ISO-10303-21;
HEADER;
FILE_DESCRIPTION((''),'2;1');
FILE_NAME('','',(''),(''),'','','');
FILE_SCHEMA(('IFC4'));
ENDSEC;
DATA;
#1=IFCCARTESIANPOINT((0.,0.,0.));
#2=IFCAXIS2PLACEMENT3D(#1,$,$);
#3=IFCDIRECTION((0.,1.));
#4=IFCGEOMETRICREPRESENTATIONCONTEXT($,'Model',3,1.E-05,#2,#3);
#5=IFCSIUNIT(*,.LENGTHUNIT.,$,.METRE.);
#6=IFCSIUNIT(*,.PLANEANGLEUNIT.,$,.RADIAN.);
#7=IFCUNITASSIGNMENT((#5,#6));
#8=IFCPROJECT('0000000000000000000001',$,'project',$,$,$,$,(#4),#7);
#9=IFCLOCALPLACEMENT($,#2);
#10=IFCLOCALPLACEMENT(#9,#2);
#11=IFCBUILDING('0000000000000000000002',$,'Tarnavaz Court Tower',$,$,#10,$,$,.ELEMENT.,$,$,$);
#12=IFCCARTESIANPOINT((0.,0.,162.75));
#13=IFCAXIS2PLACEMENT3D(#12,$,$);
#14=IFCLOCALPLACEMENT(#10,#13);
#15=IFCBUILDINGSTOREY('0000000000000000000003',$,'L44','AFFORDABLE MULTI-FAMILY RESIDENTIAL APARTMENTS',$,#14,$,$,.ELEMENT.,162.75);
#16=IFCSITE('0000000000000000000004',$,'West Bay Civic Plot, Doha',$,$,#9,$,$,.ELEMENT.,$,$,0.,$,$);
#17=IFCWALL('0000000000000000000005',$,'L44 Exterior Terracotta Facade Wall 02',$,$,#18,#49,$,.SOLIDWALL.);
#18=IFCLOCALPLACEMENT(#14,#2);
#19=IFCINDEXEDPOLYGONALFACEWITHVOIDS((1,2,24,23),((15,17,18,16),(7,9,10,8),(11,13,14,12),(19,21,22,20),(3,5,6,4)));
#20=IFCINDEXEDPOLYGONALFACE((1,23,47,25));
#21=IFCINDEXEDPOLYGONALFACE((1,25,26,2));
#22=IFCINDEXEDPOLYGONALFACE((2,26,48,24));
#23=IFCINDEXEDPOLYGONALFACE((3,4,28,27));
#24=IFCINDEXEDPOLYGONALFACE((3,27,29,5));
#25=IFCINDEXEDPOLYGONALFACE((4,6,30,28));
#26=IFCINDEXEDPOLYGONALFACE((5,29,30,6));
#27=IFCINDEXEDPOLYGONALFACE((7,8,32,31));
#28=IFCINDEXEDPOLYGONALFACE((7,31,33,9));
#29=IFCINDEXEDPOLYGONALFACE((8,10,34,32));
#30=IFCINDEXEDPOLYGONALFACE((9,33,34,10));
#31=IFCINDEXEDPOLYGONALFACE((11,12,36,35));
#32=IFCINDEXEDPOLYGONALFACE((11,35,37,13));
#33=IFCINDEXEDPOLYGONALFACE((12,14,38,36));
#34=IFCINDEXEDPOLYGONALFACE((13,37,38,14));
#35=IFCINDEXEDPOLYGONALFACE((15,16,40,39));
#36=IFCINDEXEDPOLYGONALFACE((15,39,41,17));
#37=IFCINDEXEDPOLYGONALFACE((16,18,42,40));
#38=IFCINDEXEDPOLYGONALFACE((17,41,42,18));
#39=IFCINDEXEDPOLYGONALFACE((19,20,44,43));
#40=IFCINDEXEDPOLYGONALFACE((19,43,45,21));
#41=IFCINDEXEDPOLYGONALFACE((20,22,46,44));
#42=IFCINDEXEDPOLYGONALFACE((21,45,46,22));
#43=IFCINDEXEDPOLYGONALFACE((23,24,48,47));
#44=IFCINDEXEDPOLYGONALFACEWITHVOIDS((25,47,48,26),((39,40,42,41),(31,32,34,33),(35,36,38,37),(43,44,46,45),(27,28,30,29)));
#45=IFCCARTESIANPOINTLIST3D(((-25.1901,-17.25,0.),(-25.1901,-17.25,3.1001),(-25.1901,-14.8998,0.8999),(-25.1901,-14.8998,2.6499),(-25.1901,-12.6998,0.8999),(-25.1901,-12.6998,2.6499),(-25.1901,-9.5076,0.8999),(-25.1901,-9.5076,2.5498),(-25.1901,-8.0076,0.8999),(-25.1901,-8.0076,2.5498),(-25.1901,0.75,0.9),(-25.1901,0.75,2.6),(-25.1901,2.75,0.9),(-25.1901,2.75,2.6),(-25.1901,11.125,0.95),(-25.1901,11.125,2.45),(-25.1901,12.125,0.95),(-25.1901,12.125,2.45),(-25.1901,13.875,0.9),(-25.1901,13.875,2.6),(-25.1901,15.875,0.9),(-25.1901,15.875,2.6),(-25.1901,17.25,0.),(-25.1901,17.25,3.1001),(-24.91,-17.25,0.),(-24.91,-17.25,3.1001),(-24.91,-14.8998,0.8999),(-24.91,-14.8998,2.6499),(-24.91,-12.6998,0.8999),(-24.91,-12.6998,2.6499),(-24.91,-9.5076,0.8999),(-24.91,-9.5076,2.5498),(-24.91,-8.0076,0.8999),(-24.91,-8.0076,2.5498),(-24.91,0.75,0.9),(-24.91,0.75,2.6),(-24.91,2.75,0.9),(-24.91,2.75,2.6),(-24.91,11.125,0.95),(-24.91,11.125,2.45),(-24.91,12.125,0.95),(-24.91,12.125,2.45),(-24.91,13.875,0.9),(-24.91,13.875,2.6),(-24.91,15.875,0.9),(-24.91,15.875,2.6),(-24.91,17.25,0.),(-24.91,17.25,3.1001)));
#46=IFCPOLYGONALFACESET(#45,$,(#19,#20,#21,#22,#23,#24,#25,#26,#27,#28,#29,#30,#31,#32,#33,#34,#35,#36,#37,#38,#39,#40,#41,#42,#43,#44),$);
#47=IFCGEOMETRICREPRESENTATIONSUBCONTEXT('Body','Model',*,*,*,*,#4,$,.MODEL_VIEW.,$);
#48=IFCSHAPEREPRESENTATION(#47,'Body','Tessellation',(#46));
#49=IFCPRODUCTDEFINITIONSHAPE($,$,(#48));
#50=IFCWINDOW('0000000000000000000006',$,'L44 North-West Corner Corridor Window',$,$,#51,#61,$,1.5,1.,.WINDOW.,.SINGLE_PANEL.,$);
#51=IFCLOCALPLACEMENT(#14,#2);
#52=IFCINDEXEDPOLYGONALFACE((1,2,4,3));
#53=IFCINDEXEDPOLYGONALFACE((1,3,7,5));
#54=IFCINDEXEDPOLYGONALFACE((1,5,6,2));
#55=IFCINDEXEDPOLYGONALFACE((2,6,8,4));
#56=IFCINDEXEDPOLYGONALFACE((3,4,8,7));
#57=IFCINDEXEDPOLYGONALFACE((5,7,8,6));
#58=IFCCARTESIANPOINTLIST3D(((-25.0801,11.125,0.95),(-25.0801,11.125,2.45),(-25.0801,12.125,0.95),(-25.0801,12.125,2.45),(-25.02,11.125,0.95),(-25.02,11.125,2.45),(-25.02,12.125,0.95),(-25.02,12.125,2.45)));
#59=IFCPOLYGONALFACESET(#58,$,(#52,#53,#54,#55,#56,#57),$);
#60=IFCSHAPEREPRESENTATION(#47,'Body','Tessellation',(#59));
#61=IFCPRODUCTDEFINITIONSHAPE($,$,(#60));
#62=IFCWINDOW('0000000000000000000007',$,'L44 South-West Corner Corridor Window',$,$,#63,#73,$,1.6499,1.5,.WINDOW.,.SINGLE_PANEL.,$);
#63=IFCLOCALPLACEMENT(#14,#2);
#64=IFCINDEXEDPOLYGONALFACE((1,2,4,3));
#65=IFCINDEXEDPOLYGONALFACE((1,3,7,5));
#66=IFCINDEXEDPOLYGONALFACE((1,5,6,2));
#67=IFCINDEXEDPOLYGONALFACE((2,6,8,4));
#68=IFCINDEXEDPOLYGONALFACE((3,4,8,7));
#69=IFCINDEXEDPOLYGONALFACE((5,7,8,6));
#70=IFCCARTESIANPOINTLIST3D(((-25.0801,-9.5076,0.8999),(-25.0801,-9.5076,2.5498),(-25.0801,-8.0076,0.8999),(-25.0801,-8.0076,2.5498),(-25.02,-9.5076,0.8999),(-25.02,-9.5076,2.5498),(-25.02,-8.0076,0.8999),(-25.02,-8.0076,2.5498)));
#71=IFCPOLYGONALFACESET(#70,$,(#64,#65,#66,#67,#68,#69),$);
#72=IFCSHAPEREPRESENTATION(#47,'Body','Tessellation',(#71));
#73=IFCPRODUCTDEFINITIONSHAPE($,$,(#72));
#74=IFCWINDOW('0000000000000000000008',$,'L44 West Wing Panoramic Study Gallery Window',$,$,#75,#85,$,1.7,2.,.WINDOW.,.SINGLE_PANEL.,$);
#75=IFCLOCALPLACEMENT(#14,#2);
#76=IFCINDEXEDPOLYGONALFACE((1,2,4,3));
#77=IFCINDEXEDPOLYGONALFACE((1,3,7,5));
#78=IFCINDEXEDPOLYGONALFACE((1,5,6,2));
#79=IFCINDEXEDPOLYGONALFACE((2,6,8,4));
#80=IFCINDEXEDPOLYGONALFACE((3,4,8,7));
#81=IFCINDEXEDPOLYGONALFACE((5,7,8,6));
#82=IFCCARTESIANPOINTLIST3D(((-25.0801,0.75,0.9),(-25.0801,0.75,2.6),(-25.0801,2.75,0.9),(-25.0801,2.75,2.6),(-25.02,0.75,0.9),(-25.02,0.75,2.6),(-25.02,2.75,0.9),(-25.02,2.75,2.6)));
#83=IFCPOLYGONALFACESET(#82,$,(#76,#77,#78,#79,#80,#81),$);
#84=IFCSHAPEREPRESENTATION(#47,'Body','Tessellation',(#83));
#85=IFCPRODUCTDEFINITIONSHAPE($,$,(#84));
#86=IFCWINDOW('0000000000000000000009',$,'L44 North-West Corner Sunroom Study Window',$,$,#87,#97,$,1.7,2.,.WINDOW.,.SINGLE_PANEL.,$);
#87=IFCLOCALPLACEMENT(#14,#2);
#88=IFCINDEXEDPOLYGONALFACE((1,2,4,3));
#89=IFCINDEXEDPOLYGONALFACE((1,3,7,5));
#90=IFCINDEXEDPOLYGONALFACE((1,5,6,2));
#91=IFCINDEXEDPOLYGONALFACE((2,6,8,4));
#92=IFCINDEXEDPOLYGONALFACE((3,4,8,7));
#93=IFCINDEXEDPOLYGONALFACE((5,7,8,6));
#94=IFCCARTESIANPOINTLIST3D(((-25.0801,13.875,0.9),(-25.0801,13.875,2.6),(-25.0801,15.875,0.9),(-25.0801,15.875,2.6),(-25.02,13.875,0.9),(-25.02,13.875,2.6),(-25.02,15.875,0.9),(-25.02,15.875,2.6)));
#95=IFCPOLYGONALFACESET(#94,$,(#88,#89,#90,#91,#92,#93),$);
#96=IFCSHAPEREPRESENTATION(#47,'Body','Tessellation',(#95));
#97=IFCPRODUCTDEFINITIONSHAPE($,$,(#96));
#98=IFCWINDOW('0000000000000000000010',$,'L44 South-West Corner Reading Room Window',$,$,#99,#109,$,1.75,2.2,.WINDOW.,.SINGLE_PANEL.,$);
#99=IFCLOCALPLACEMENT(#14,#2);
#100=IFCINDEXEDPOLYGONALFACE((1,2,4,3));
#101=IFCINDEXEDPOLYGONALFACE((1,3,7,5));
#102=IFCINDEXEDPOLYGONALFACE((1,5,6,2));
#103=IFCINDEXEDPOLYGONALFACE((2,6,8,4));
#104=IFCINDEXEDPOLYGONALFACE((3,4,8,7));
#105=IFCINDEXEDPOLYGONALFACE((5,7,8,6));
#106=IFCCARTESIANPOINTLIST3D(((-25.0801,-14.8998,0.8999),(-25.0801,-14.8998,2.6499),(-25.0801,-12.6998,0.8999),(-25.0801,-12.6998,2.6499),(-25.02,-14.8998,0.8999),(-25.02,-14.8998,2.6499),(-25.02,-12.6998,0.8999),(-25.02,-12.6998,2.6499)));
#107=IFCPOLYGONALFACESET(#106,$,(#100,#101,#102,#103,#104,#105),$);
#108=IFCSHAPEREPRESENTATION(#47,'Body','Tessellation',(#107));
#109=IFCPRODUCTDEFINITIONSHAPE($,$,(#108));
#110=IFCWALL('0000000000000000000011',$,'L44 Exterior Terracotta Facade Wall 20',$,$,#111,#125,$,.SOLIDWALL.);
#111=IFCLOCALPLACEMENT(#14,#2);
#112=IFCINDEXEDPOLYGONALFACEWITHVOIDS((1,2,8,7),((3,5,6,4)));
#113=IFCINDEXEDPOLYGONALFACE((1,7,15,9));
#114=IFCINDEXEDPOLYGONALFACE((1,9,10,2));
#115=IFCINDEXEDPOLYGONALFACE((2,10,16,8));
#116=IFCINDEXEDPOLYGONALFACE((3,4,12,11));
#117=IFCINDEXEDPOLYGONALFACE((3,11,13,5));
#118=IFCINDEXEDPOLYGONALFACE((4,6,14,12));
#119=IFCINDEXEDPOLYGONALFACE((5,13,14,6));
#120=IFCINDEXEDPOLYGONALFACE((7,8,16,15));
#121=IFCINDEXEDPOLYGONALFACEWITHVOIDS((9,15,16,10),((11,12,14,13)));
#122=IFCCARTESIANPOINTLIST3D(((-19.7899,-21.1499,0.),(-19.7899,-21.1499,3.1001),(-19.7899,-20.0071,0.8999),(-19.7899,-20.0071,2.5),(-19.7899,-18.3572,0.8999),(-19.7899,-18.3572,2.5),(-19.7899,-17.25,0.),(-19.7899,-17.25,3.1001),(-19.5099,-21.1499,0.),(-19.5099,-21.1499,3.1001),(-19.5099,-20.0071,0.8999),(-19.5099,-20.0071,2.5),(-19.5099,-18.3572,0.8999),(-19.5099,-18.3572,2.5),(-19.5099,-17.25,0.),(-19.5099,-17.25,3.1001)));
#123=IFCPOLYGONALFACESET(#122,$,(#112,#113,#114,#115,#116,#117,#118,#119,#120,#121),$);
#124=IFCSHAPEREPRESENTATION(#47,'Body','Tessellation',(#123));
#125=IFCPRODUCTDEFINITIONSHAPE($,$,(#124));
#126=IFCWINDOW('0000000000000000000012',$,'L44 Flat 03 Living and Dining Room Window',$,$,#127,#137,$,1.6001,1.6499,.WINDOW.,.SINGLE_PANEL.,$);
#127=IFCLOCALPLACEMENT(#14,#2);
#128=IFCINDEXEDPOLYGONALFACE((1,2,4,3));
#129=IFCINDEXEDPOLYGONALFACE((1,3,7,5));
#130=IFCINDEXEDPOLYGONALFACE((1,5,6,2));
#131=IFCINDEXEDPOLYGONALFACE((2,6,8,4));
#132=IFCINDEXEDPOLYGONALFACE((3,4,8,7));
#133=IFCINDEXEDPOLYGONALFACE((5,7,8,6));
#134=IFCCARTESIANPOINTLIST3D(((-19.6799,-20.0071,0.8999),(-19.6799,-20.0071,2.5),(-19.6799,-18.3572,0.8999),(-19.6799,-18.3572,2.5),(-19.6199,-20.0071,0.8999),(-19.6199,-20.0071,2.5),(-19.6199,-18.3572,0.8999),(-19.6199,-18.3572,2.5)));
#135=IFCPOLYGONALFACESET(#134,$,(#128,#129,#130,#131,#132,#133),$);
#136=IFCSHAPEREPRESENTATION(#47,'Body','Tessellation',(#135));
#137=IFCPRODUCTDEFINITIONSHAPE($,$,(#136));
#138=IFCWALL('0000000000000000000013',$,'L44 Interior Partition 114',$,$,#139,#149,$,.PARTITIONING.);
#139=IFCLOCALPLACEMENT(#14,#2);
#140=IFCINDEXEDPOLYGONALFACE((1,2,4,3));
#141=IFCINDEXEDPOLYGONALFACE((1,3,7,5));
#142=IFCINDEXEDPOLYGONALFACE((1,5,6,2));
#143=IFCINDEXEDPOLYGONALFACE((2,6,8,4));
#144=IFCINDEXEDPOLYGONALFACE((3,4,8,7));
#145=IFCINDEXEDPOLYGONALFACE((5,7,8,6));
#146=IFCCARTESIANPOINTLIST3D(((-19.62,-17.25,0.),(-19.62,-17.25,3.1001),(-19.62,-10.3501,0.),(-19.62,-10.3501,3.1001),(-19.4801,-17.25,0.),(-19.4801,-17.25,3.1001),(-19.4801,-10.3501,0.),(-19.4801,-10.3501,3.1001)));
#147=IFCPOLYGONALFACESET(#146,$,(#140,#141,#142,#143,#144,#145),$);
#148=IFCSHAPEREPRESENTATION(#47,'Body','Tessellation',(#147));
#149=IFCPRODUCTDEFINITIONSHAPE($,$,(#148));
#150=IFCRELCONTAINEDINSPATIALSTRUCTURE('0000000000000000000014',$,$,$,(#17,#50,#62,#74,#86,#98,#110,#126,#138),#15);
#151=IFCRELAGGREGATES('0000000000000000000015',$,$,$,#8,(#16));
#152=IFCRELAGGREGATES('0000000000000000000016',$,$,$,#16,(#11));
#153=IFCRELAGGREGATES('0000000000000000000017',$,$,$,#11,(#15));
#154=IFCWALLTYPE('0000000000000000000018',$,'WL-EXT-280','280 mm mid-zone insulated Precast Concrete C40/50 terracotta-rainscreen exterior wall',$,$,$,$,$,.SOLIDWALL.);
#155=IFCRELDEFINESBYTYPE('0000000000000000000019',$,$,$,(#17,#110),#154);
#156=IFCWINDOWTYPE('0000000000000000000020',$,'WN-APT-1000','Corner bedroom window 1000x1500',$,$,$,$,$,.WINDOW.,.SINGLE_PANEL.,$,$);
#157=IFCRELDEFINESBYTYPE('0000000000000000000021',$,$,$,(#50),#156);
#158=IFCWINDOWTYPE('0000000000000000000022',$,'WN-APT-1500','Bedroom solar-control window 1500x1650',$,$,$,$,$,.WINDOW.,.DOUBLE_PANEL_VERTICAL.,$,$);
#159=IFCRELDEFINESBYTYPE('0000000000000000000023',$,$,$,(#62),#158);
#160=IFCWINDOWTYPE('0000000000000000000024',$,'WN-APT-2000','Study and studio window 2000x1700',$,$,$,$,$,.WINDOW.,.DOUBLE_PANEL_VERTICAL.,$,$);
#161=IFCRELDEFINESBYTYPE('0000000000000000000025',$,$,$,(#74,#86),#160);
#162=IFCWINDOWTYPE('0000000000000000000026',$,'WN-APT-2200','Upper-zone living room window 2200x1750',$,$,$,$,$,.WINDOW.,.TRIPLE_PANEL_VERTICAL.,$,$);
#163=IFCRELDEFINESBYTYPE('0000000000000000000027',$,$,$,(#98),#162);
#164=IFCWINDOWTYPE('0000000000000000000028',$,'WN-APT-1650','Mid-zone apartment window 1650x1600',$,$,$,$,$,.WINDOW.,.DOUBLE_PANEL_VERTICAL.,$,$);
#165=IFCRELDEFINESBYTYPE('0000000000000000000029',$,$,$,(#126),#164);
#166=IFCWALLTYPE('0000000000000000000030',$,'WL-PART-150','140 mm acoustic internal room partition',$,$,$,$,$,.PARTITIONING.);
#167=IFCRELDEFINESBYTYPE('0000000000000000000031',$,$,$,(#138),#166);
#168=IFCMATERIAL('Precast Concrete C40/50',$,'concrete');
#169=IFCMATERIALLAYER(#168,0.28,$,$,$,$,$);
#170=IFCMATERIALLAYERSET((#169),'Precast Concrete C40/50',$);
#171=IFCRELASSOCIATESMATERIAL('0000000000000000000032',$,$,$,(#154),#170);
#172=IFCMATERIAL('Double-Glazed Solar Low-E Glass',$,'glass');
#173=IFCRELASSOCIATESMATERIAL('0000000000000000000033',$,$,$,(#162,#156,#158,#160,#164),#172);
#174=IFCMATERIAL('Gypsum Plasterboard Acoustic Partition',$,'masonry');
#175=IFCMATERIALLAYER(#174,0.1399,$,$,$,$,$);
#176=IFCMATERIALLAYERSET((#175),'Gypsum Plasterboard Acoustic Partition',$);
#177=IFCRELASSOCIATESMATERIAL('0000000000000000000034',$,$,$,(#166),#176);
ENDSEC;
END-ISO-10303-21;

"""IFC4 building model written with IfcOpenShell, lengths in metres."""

from ifc_helpers import new_model, si_unit, direction, frame, frame_2d, origin, place, context, subcontext, project, spatial, rectangle, extrude, material, layer, layer_set, type_object, element, fill, save


model = new_model("IFC4")

# Units and contexts
model_context = context("Model", 3, precision=1e-05, world=origin(), true_north=direction((0.0, 1.0)))
body_context = subcontext(model_context, "Body", "Model", "MODEL_VIEW")
ifc_project = project(units=[si_unit("LENGTHUNIT", "METRE"), si_unit("PLANEANGLEUNIT", "RADIAN")], contexts=[model_context])

# Site, building, storey
site_placement = place(None, origin())
site = spatial("IfcSite", under=ifc_project, at=site_placement, Name="West Bay Civic Plot, Doha", CompositionType="ELEMENT", RefElevation=0.0)
building_placement = place(site_placement, origin())
building = spatial("IfcBuilding", under=site, at=building_placement, Name="Tarnavaz Court Tower", CompositionType="ELEMENT")
storey_placement = place(building_placement, frame((0.0, 0.0, 162.75)))
storey = spatial("IfcBuildingStorey", under=building, at=storey_placement, Name="L44", Description="AFFORDABLE MULTI-FAMILY RESIDENTIAL APARTMENTS", CompositionType="ELEMENT", Elevation=162.75)

# Shared definitions
ifc_material_1 = material(Name="Precast Concrete C40/50", Category="concrete")
ifc_layer_1 = layer(ifc_material_1, 0.28)
ifc_layer_set_1 = layer_set([ifc_layer_1], Name="Precast Concrete C40/50")
wall_type_1 = type_object("IfcWallType", Name="WL-EXT-280", Description="280 mm mid-zone insulated Precast Concrete C40/50 terracotta-rainscreen exterior wall", PredefinedType="SOLIDWALL", material=ifc_layer_set_1)
ifc_material_2 = material(Name="Double-Glazed Solar Low-E Glass", Category="glass")
window_type_1 = type_object("IfcWindowType", Name="WN-APT-2200", Description="Upper-zone living room window 2200x1750", PartitioningType="TRIPLE_PANEL_VERTICAL", PredefinedType="WINDOW", material=ifc_material_2)

# Wall, openings, windows
wall_1_placement = place(storey_placement, frame((-25.05, -17.25, 0.0), z_axis=(0.0, 0.0, 1.0), x_axis=(0.0, 1.0, 0.0)))
wall_1 = element("IfcWall", 1, at=wall_1_placement, inside=storey, type_object=wall_type_1, Name="L44 Exterior Terracotta Facade Wall 02", PredefinedType="SOLIDWALL", context=body_context, shape_type="SweptSolid", body=[
    extrude(rectangle(XDim=34.5, YDim=0.28, at=frame_2d((17.25, 0.0))), origin(), (0.0, 0.0, 1.0), 3.1001),
])
opening_1_placement = place(wall_1_placement, frame((2.3501, 0.0, 0.8999)))
opening_1 = element("IfcOpeningElement", 2, at=opening_1_placement, cuts=wall_1, PredefinedType="OPENING", context=body_context, shape_type="SweptSolid", body=[
    extrude(rectangle(XDim=2.2, YDim=1.75, at=frame_2d((1.1001, 0.875))), frame((0.0, 0.1499, 0.0), z_axis=(0.0, -1.0, 0.0), x_axis=(1.0, 0.0, 0.0)), (0.0, 0.0, 1.0), 0.3),
])
opening_2_placement = place(wall_1_placement, frame((7.7424, 0.0, 0.8999)))
opening_2 = element("IfcOpeningElement", 3, at=opening_2_placement, cuts=wall_1, PredefinedType="OPENING", context=body_context, shape_type="SweptSolid", body=[
    extrude(rectangle(XDim=1.5, YDim=1.6499, at=frame_2d((0.75, 0.825))), frame((0.0, 0.1499, 0.0), z_axis=(0.0, -1.0, 0.0), x_axis=(1.0, 0.0, 0.0)), (0.0, 0.0, 1.0), 0.3),
])
opening_3_placement = place(wall_1_placement, frame((18.0, 0.0, 0.8999)))
opening_3 = element("IfcOpeningElement", 4, at=opening_3_placement, cuts=wall_1, PredefinedType="OPENING", context=body_context, shape_type="SweptSolid", body=[
    extrude(rectangle(XDim=2.0, YDim=1.7, at=frame_2d((1.0, 0.8501))), frame((0.0, 0.1499, 0.0), z_axis=(0.0, -1.0, 0.0), x_axis=(1.0, 0.0, 0.0)), (0.0, 0.0, 1.0), 0.3),
])
opening_4_placement = place(wall_1_placement, frame((28.375, 0.0, 0.95)))
opening_4 = element("IfcOpeningElement", 5, at=opening_4_placement, cuts=wall_1, PredefinedType="OPENING", context=body_context, shape_type="SweptSolid", body=[
    extrude(rectangle(XDim=1.0, YDim=1.5, at=frame_2d((0.5, 0.75))), frame((0.0, 0.1499, 0.0), z_axis=(0.0, -1.0, 0.0), x_axis=(1.0, 0.0, 0.0)), (0.0, 0.0, 1.0), 0.3),
])
opening_5_placement = place(wall_1_placement, frame((31.125, 0.0, 0.8999)))
opening_5 = element("IfcOpeningElement", 6, at=opening_5_placement, cuts=wall_1, PredefinedType="OPENING", context=body_context, shape_type="SweptSolid", body=[
    extrude(rectangle(XDim=2.0, YDim=1.7, at=frame_2d((1.0, 0.8501))), frame((0.0, 0.1499, 0.0), z_axis=(0.0, -1.0, 0.0), x_axis=(1.0, 0.0, 0.0)), (0.0, 0.0, 1.0), 0.3),
])
window_type_2 = type_object("IfcWindowType", Name="WN-APT-1000", Description="Corner bedroom window 1000x1500", PartitioningType="SINGLE_PANEL", PredefinedType="WINDOW", material=ifc_material_2)
window_1_placement = place(opening_4_placement, origin())
window_1 = element("IfcWindow", 7, at=window_1_placement, inside=storey, type_object=window_type_2, Name="L44 North-West Corner Corridor Window", OverallHeight=1.5, OverallWidth=1.0, PartitioningType="SINGLE_PANEL", PredefinedType="WINDOW", context=body_context, shape_type="SweptSolid", body=[
    extrude(rectangle(XDim=1.0, YDim=1.5, at=frame_2d((0.5, 0.75))), frame((0.0, 0.03, 0.0), z_axis=(0.0, -1.0, 0.0), x_axis=(1.0, 0.0, 0.0)), (0.0, 0.0, 1.0), 0.0601),
])
fill(opening_4, window_1)
window_type_3 = type_object("IfcWindowType", Name="WN-APT-1500", Description="Bedroom solar-control window 1500x1650", PartitioningType="DOUBLE_PANEL_VERTICAL", PredefinedType="WINDOW", material=ifc_material_2)
window_2_placement = place(opening_2_placement, origin())
window_2 = element("IfcWindow", 8, at=window_2_placement, inside=storey, type_object=window_type_3, Name="L44 South-West Corner Corridor Window", OverallHeight=1.6499, OverallWidth=1.5, PartitioningType="SINGLE_PANEL", PredefinedType="WINDOW", context=body_context, shape_type="SweptSolid", body=[
    extrude(rectangle(XDim=1.5, YDim=1.6499, at=frame_2d((0.75, 0.825))), frame((0.0, 0.03, 0.0), z_axis=(0.0, -1.0, 0.0), x_axis=(1.0, 0.0, 0.0)), (0.0, 0.0, 1.0), 0.0601),
])
fill(opening_2, window_2)
window_type_4 = type_object("IfcWindowType", Name="WN-APT-2000", Description="Study and studio window 2000x1700", PartitioningType="DOUBLE_PANEL_VERTICAL", PredefinedType="WINDOW", material=ifc_material_2)
window_3_placement = place(opening_3_placement, origin())
window_3 = element("IfcWindow", 9, at=window_3_placement, inside=storey, type_object=window_type_4, Name="L44 West Wing Panoramic Study Gallery Window", OverallHeight=1.7, OverallWidth=2.0, PartitioningType="SINGLE_PANEL", PredefinedType="WINDOW", context=body_context, shape_type="SweptSolid", body=[
    extrude(rectangle(XDim=2.0, YDim=1.7, at=frame_2d((1.0, 0.8501))), frame((0.0, 0.03, 0.0), z_axis=(0.0, -1.0, 0.0), x_axis=(1.0, 0.0, 0.0)), (0.0, 0.0, 1.0), 0.0601),
])
fill(opening_3, window_3)
window_4_placement = place(opening_5_placement, origin())
window_4 = element("IfcWindow", 10, at=window_4_placement, inside=storey, type_object=window_type_4, Name="L44 North-West Corner Sunroom Study Window", OverallHeight=1.7, OverallWidth=2.0, PartitioningType="SINGLE_PANEL", PredefinedType="WINDOW", context=body_context, shape_type="SweptSolid", body=[
    extrude(rectangle(XDim=2.0, YDim=1.7, at=frame_2d((1.0, 0.8501))), frame((0.0, 0.03, 0.0), z_axis=(0.0, -1.0, 0.0), x_axis=(1.0, 0.0, 0.0)), (0.0, 0.0, 1.0), 0.0601),
])
fill(opening_5, window_4)
window_5_placement = place(opening_1_placement, origin())
window_5 = element("IfcWindow", 11, at=window_5_placement, inside=storey, type_object=window_type_1, Name="L44 South-West Corner Reading Room Window", OverallHeight=1.75, OverallWidth=2.2, PartitioningType="SINGLE_PANEL", PredefinedType="WINDOW", context=body_context, shape_type="SweptSolid", body=[
    extrude(rectangle(XDim=2.2, YDim=1.75, at=frame_2d((1.1001, 0.875))), frame((0.0, 0.03, 0.0), z_axis=(0.0, -1.0, 0.0), x_axis=(1.0, 0.0, 0.0)), (0.0, 0.0, 1.0), 0.0601),
])
fill(opening_1, window_5)

# Wall, opening, window
wall_2_placement = place(storey_placement, frame((-19.6499, -21.1499, 0.0), z_axis=(0.0, 0.0, 1.0), x_axis=(0.0, 1.0, 0.0)))
wall_2 = element("IfcWall", 12, at=wall_2_placement, inside=storey, type_object=wall_type_1, Name="L44 Exterior Terracotta Facade Wall 20", PredefinedType="SOLIDWALL", context=body_context, shape_type="SweptSolid", body=[
    extrude(rectangle(XDim=3.8999, YDim=0.28, at=frame_2d((1.95, 0.0))), origin(), (0.0, 0.0, 1.0), 3.1001),
])
opening_6_placement = place(wall_2_placement, frame((1.1428, 0.0, 0.8999)))
opening_6 = element("IfcOpeningElement", 13, at=opening_6_placement, cuts=wall_2, PredefinedType="OPENING", context=body_context, shape_type="SweptSolid", body=[
    extrude(rectangle(XDim=1.6499, YDim=1.6001, at=frame_2d((0.825, 0.8))), frame((0.0, 0.1499, 0.0), z_axis=(0.0, -1.0, 0.0), x_axis=(1.0, 0.0, 0.0)), (0.0, 0.0, 1.0), 0.3),
])
window_type_5 = type_object("IfcWindowType", Name="WN-APT-1650", Description="Mid-zone apartment window 1650x1600", PartitioningType="DOUBLE_PANEL_VERTICAL", PredefinedType="WINDOW", material=ifc_material_2)
window_6_placement = place(opening_6_placement, origin())
window_6 = element("IfcWindow", 14, at=window_6_placement, inside=storey, type_object=window_type_5, Name="L44 Flat 03 Living and Dining Room Window", OverallHeight=1.6001, OverallWidth=1.6499, PartitioningType="SINGLE_PANEL", PredefinedType="WINDOW", context=body_context, shape_type="SweptSolid", body=[
    extrude(rectangle(XDim=1.6499, YDim=1.6001, at=frame_2d((0.825, 0.8))), frame((0.0, 0.03, 0.0), z_axis=(0.0, -1.0, 0.0), x_axis=(1.0, 0.0, 0.0)), (0.0, 0.0, 1.0), 0.0601),
])
fill(opening_6, window_6)

# Wall
ifc_material_3 = material(Name="Gypsum Plasterboard Acoustic Partition", Category="masonry")
ifc_layer_2 = layer(ifc_material_3, 0.1399)
ifc_layer_set_2 = layer_set([ifc_layer_2], Name="Gypsum Plasterboard Acoustic Partition")
wall_type_2 = type_object("IfcWallType", Name="WL-PART-150", Description="140 mm acoustic internal room partition", PredefinedType="PARTITIONING", material=ifc_layer_set_2)
wall_3_placement = place(storey_placement, frame((-19.55, -17.25, 0.0), z_axis=(0.0, 0.0, 1.0), x_axis=(0.0, 1.0, 0.0)))
element("IfcWall", 15, at=wall_3_placement, inside=storey, type_object=wall_type_2, Name="L44 Interior Partition 114", PredefinedType="PARTITIONING", context=body_context, shape_type="SweptSolid", body=[
    extrude(rectangle(XDim=6.8999, YDim=0.1399, at=frame_2d((3.45, 0.0))), origin(), (0.0, 0.0, 1.0), 3.1001),
])

save(model, "model.ifc")
